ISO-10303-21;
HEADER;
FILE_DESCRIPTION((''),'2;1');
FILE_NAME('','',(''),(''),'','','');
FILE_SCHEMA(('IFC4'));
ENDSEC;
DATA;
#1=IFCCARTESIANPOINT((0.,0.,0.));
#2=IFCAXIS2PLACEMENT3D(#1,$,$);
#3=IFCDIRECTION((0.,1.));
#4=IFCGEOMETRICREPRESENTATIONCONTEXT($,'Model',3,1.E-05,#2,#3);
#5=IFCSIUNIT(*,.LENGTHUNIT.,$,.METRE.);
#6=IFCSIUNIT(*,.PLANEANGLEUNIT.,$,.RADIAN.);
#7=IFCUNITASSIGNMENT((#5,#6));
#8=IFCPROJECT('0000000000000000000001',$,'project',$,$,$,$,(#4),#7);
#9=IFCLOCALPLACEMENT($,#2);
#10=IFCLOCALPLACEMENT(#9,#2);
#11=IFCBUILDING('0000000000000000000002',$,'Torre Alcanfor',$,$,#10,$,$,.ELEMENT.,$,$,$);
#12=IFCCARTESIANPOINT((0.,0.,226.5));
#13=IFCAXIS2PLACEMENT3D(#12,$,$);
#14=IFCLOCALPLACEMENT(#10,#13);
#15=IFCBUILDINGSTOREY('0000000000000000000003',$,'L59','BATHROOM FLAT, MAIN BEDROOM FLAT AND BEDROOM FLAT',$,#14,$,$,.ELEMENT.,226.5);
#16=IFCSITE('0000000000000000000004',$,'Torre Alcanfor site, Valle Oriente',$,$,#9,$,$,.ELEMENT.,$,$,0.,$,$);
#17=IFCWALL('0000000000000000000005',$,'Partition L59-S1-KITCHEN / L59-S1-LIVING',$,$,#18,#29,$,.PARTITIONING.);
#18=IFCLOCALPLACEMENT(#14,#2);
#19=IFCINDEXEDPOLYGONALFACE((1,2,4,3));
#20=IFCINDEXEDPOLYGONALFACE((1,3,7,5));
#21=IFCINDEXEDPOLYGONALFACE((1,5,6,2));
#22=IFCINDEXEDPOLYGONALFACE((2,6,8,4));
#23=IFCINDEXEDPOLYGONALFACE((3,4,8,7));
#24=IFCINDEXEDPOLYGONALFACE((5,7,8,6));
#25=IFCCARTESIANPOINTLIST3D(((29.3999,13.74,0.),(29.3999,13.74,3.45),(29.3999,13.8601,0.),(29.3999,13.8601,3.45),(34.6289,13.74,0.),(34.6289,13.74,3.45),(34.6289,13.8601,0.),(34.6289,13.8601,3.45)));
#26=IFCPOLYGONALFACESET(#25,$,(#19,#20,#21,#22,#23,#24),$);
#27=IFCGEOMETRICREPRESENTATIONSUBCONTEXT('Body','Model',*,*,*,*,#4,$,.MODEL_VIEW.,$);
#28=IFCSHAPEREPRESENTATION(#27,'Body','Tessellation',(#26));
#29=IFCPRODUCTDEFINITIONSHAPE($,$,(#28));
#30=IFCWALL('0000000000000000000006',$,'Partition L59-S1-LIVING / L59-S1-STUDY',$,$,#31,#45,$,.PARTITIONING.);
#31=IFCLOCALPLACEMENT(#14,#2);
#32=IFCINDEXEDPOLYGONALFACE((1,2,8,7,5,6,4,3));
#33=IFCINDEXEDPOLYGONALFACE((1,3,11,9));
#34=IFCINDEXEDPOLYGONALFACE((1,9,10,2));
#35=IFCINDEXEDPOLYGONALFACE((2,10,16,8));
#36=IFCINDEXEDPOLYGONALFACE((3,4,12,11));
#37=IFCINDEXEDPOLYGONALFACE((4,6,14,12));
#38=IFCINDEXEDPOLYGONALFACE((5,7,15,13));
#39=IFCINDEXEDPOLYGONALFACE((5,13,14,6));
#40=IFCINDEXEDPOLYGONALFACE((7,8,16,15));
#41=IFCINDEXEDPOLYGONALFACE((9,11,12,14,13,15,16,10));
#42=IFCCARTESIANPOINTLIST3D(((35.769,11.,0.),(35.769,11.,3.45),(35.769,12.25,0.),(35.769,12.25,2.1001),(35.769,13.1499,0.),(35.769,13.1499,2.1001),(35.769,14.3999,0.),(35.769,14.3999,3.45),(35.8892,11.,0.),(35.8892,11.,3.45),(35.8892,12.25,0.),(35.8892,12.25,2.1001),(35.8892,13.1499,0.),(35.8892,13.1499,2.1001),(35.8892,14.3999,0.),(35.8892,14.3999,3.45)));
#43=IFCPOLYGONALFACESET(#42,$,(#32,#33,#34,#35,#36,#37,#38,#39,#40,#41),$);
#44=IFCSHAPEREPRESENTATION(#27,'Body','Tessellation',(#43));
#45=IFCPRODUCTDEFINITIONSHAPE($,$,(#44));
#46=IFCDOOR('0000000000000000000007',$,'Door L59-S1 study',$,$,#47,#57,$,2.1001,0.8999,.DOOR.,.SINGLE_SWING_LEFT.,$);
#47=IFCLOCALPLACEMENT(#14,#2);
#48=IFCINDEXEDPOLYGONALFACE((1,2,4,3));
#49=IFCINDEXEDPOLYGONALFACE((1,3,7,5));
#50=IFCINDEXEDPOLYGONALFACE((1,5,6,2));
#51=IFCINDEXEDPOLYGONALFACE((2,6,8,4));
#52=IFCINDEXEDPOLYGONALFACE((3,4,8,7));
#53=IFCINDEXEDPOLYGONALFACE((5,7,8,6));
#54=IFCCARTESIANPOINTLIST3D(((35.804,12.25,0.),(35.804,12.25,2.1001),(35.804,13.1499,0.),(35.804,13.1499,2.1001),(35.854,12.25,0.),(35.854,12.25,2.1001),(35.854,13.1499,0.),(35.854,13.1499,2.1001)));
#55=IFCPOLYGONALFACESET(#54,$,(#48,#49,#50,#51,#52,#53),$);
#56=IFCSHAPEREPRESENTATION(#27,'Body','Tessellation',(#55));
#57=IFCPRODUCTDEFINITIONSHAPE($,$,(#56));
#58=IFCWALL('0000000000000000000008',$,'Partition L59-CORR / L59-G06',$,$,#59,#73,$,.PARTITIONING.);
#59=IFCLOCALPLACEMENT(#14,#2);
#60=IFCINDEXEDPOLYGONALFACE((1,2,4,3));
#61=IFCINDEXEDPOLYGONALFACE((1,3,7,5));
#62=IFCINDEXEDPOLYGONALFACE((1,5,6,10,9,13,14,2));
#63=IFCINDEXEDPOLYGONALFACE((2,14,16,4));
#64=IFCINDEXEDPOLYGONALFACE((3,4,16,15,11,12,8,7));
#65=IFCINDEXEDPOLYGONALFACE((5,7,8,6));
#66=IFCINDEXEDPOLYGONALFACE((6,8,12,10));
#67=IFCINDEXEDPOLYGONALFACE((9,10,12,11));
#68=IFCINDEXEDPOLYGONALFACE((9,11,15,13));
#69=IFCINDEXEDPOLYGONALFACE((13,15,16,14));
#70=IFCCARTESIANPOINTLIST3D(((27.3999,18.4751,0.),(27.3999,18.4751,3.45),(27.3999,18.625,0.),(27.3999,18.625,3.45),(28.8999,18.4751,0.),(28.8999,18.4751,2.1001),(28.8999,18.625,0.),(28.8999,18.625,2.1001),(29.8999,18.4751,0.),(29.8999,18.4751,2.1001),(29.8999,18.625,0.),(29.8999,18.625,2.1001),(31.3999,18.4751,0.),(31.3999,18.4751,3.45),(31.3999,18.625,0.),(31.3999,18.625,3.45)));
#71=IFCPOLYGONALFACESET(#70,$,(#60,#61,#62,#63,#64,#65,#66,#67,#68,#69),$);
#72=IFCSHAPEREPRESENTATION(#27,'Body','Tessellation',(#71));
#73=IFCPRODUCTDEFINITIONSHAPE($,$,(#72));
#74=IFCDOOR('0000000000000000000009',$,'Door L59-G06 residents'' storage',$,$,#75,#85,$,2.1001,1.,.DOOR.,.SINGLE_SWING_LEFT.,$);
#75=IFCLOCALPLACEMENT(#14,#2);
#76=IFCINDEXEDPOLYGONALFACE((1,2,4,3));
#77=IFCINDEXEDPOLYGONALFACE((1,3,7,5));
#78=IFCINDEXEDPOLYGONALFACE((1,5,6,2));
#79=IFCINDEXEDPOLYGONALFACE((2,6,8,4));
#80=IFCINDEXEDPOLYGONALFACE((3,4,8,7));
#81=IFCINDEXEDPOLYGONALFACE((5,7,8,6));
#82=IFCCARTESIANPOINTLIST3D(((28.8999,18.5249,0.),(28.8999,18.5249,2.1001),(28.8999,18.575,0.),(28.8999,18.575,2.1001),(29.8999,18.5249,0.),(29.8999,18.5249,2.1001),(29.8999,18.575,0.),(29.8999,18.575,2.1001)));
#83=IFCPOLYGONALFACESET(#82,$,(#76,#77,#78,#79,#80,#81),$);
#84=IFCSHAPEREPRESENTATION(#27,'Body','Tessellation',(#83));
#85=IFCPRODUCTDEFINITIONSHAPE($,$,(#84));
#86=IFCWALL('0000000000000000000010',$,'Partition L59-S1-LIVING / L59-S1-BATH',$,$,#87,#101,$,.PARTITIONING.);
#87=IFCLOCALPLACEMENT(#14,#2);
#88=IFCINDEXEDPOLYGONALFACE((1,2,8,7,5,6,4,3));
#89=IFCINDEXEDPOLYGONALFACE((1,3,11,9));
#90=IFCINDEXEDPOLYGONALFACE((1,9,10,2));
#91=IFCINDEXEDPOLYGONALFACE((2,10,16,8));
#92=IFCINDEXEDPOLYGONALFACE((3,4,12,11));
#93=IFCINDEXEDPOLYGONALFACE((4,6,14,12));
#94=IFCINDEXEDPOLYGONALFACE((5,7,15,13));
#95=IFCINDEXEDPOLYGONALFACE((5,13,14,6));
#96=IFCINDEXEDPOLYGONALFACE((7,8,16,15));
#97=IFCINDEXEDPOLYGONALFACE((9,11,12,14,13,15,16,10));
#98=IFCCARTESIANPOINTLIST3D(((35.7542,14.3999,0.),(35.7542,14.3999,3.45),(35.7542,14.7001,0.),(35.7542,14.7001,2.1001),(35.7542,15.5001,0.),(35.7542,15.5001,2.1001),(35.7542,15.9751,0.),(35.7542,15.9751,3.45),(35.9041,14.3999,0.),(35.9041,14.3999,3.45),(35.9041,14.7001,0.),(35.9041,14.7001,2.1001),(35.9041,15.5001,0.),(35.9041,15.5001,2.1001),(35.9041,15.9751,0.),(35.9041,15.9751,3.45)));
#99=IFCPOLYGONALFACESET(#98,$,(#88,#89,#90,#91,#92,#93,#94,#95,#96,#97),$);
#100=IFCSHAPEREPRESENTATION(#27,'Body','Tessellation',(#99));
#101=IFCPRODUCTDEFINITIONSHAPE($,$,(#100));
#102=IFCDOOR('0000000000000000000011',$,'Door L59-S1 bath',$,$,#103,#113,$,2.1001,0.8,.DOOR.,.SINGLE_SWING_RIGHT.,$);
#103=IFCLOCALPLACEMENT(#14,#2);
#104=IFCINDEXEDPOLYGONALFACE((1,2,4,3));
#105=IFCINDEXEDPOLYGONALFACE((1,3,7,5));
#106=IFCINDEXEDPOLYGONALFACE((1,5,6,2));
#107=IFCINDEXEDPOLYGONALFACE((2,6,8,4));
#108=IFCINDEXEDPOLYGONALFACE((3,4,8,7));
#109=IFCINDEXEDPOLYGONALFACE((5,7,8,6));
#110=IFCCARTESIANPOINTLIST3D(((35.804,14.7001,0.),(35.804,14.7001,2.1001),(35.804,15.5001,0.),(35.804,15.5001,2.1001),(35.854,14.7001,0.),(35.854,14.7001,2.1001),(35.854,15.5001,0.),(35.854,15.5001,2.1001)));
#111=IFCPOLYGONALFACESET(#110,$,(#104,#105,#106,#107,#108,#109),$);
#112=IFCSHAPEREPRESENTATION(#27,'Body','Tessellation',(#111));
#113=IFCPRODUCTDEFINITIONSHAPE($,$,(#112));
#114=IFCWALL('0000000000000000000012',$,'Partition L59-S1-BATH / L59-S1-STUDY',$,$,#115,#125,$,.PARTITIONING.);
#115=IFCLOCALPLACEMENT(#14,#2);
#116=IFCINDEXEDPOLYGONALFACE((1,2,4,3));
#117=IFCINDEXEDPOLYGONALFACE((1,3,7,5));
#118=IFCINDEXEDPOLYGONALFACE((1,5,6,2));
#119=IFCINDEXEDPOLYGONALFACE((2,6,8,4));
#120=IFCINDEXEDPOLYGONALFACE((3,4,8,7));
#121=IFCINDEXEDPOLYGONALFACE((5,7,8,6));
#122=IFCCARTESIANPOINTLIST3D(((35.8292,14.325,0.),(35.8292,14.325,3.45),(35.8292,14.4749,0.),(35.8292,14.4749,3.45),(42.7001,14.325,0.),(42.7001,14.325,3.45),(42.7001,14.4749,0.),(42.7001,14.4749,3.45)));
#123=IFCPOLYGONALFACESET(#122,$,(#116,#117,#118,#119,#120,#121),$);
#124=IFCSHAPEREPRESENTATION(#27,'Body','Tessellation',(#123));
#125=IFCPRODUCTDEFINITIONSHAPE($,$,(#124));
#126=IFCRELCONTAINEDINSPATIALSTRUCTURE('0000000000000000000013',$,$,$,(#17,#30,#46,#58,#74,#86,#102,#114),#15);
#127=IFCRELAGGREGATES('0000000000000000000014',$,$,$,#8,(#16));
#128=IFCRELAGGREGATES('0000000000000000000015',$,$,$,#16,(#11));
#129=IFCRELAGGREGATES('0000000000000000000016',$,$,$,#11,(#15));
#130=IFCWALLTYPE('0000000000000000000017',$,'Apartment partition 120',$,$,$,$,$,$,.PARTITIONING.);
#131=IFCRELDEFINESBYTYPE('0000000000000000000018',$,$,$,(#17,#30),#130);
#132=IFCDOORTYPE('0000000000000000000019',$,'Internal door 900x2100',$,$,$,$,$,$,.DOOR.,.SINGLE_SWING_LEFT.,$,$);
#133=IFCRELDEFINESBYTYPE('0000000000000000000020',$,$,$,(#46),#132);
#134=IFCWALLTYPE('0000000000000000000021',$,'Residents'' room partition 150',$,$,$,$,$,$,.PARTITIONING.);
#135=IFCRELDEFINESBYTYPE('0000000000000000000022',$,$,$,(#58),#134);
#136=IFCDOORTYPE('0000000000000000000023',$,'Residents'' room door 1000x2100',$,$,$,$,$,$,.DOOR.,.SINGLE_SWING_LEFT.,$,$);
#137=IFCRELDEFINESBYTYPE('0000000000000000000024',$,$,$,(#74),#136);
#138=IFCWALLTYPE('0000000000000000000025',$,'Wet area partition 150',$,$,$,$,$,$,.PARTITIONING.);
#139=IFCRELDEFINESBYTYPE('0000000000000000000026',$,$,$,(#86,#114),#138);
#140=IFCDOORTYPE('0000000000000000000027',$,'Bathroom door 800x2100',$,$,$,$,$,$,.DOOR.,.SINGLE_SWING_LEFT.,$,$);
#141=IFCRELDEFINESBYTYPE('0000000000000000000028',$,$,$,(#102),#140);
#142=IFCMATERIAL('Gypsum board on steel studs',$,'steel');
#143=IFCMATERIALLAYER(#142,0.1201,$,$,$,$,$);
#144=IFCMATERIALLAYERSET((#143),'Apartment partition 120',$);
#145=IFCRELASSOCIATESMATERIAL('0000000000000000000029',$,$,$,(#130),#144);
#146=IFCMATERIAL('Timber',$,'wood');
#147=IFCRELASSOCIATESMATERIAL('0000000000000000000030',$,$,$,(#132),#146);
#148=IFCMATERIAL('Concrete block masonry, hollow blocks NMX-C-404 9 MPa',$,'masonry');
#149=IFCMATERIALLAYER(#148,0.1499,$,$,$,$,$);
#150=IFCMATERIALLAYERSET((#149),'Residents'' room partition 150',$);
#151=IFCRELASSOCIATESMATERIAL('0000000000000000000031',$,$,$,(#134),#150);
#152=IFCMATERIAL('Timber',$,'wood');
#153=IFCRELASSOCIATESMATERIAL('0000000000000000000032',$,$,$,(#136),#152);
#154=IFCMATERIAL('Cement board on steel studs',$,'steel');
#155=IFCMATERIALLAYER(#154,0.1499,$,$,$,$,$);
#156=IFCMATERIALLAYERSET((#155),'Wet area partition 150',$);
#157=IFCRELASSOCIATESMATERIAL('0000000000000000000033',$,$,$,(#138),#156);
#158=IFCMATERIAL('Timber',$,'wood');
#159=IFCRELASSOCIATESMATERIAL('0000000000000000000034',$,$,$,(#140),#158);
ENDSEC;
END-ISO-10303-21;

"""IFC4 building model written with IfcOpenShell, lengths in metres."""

from ifc_helpers import new_model, si_unit, direction, frame, frame_2d, origin, place, context, subcontext, project, spatial, rectangle, extrude, material, layer, layer_set, type_object, element, fill, save


model = new_model("IFC4")

# Units and contexts
model_context = context("Model", 3, precision=1e-05, world=origin(), true_north=direction((0.0, 1.0)))
body_context = subcontext(model_context, "Body", "Model", "MODEL_VIEW")
ifc_project = project(units=[si_unit("LENGTHUNIT", "METRE"), si_unit("PLANEANGLEUNIT", "RADIAN")], contexts=[model_context])

# Site, building, storey
site_placement = place(None, origin())
site = spatial("IfcSite", under=ifc_project, at=site_placement, Name="Torre Alcanfor site, Valle Oriente", CompositionType="ELEMENT", RefElevation=0.0)
building_placement = place(site_placement, origin())
building = spatial("IfcBuilding", under=site, at=building_placement, Name="Torre Alcanfor", CompositionType="ELEMENT")
storey_placement = place(building_placement, frame((0.0, 0.0, 226.5)))
storey = spatial("IfcBuildingStorey", under=building, at=storey_placement, Name="L59", Description="BATHROOM FLAT, MAIN BEDROOM FLAT AND BEDROOM FLAT", CompositionType="ELEMENT", Elevation=226.5)

# Wall
ifc_material_1 = material(Name="Gypsum board on steel studs", Category="steel")
ifc_layer_1 = layer(ifc_material_1, 0.1201)
ifc_layer_set_1 = layer_set([ifc_layer_1], Name="Apartment partition 120")
wall_type_1 = type_object("IfcWallType", Name="Apartment partition 120", PredefinedType="PARTITIONING", material=ifc_layer_set_1)
wall_1_placement = place(storey_placement, frame((34.6289, 13.8, 0.0), z_axis=(0.0, 0.0, 1.0), x_axis=(-1.0, 0.0, 0.0)))
element("IfcWall", 1, at=wall_1_placement, inside=storey, type_object=wall_type_1, Name="Partition L59-S1-KITCHEN / L59-S1-LIVING", PredefinedType="PARTITIONING", context=body_context, shape_type="SweptSolid", body=[
    extrude(rectangle(XDim=5.229, YDim=0.1201, at=frame_2d((2.6145, 0.0))), origin(), (0.0, 0.0, 1.0), 3.45),
])

# Walls, openings, doors
wall_2_placement = place(storey_placement, frame((35.8291, 14.3999, 0.0), z_axis=(0.0, 0.0, 1.0), x_axis=(0.0, -1.0, 0.0)))
wall_2 = element("IfcWall", 2, at=wall_2_placement, inside=storey, type_object=wall_type_1, Name="Partition L59-S1-LIVING / L59-S1-STUDY", PredefinedType="PARTITIONING", context=body_context, shape_type="SweptSolid", body=[
    extrude(rectangle(XDim=3.3999, YDim=0.1201, at=frame_2d((1.7, 0.0))), origin(), (0.0, 0.0, 1.0), 3.45),
])
opening_1_placement = place(wall_2_placement, frame((1.25, 0.0, 0.0)))
opening_1 = element("IfcOpeningElement", 3, at=opening_1_placement, cuts=wall_2, PredefinedType="OPENING", context=body_context, shape_type="SweptSolid", body=[
    extrude(rectangle(XDim=0.8999, YDim=2.1001, at=frame_2d((0.45, 1.05))), frame((0.0, 0.0701, 0.0), z_axis=(0.0, -1.0, 0.0), x_axis=(1.0, 0.0, 0.0)), (0.0, 0.0, 1.0), 0.1401),
])
ifc_material_2 = material(Name="Timber", Category="wood")
door_type_1 = type_object("IfcDoorType", Name="Internal door 900x2100", OperationType="SINGLE_SWING_LEFT", PredefinedType="DOOR", material=ifc_material_2)
door_1_placement = place(opening_1_placement, origin())
door_1 = element("IfcDoor", 4, at=door_1_placement, inside=storey, type_object=door_type_1, Name="Door L59-S1 study", OperationType="SINGLE_SWING_LEFT", OverallHeight=2.1001, OverallWidth=0.8999, PredefinedType="DOOR", context=body_context, shape_type="SweptSolid", body=[
    extrude(rectangle(XDim=0.8999, YDim=2.1001, at=frame_2d((0.45, 1.05))), frame((0.0, 0.0249, 0.0), z_axis=(0.0, -1.0, 0.0), x_axis=(1.0, 0.0, 0.0)), (0.0, 0.0, 1.0), 0.05),
])
fill(opening_1, door_1)
ifc_material_3 = material(Name="Concrete block masonry, hollow blocks NMX-C-404 9 MPa", Category="masonry")
ifc_layer_2 = layer(ifc_material_3, 0.1499)
ifc_layer_set_2 = layer_set([ifc_layer_2], Name="Residents' room partition 150")
wall_type_2 = type_object("IfcWallType", Name="Residents' room partition 150", PredefinedType="PARTITIONING", material=ifc_layer_set_2)
wall_3_placement = place(storey_placement, frame((27.3999, 18.55, 0.0), z_axis=(0.0, 0.0, 1.0), x_axis=(1.0, 0.0, 0.0)))
wall_3 = element("IfcWall", 5, at=wall_3_placement, inside=storey, type_object=wall_type_2, Name="Partition L59-CORR / L59-G06", PredefinedType="PARTITIONING", context=body_context, shape_type="SweptSolid", body=[
    extrude(rectangle(XDim=4.0, YDim=0.1499, at=frame_2d((2.0, 0.0))), origin(), (0.0, 0.0, 1.0), 3.45),
])
opening_2_placement = place(wall_3_placement, frame((1.5, 0.0, 0.0)))
opening_2 = element("IfcOpeningElement", 6, at=opening_2_placement, cuts=wall_3, PredefinedType="OPENING", context=body_context, shape_type="SweptSolid", body=[
    extrude(rectangle(XDim=1.0, YDim=2.1001, at=frame_2d((0.5, 1.05))), frame((0.0, 0.085, 0.0), z_axis=(0.0, -1.0, 0.0), x_axis=(1.0, 0.0, 0.0)), (0.0, 0.0, 1.0), 0.1699),
])
ifc_material_4 = material(Name="Timber", Category="wood")
door_type_2 = type_object("IfcDoorType", Name="Residents' room door 1000x2100", OperationType="SINGLE_SWING_LEFT", PredefinedType="DOOR", material=ifc_material_4)
door_2_placement = place(opening_2_placement, origin())
door_2 = element("IfcDoor", 7, at=door_2_placement, inside=storey, type_object=door_type_2, Name="Door L59-G06 residents' storage", OperationType="SINGLE_SWING_LEFT", OverallHeight=2.1001, OverallWidth=1.0, PredefinedType="DOOR", context=body_context, shape_type="SweptSolid", body=[
    extrude(rectangle(XDim=1.0, YDim=2.1001, at=frame_2d((0.5, 1.05))), frame((0.0, 0.0249, 0.0), z_axis=(0.0, -1.0, 0.0), x_axis=(1.0, 0.0, 0.0)), (0.0, 0.0, 1.0), 0.05),
])
fill(opening_2, door_2)
ifc_material_5 = material(Name="Cement board on steel studs", Category="steel")
ifc_layer_3 = layer(ifc_material_5, 0.1499)
ifc_layer_set_3 = layer_set([ifc_layer_3], Name="Wet area partition 150")
wall_type_3 = type_object("IfcWallType", Name="Wet area partition 150", PredefinedType="PARTITIONING", material=ifc_layer_set_3)
wall_4_placement = place(storey_placement, frame((35.8291, 15.9751, 0.0), z_axis=(0.0, 0.0, 1.0), x_axis=(0.0, -1.0, 0.0)))
wall_4 = element("IfcWall", 8, at=wall_4_placement, inside=storey, type_object=wall_type_3, Name="Partition L59-S1-LIVING / L59-S1-BATH", PredefinedType="PARTITIONING", context=body_context, shape_type="SweptSolid", body=[
    extrude(rectangle(XDim=1.5752, YDim=0.1499, at=frame_2d((0.7876, 0.0))), origin(), (0.0, 0.0, 1.0), 3.45),
])
opening_3_placement = place(wall_4_placement, frame((0.4751, 0.0, 0.0)))
opening_3 = element("IfcOpeningElement", 9, at=opening_3_placement, cuts=wall_4, PredefinedType="OPENING", context=body_context, shape_type="SweptSolid", body=[
    extrude(rectangle(XDim=0.8, YDim=2.1001, at=frame_2d((0.3999, 1.05))), frame((0.0, 0.085, 0.0), z_axis=(0.0, -1.0, 0.0), x_axis=(1.0, 0.0, 0.0)), (0.0, 0.0, 1.0), 0.1699),
])
ifc_material_6 = material(Name="Timber", Category="wood")
door_type_3 = type_object("IfcDoorType", Name="Bathroom door 800x2100", OperationType="SINGLE_SWING_LEFT", PredefinedType="DOOR", material=ifc_material_6)
door_3_placement = place(opening_3_placement, origin())
door_3 = element("IfcDoor", 10, at=door_3_placement, inside=storey, type_object=door_type_3, Name="Door L59-S1 bath", OperationType="SINGLE_SWING_RIGHT", OverallHeight=2.1001, OverallWidth=0.8, PredefinedType="DOOR", context=body_context, shape_type="SweptSolid", body=[
    extrude(rectangle(XDim=0.8, YDim=2.1001, at=frame_2d((0.3999, 1.05))), frame((0.0, 0.0249, 0.0), z_axis=(0.0, -1.0, 0.0), x_axis=(1.0, 0.0, 0.0)), (0.0, 0.0, 1.0), 0.05),
])
fill(opening_3, door_3)

# Wall
wall_5_placement = place(storey_placement, frame((35.8291, 14.3999, 0.0), z_axis=(0.0, 0.0, 1.0), x_axis=(1.0, 0.0, 0.0)))
element("IfcWall", 11, at=wall_5_placement, inside=storey, type_object=wall_type_3, Name="Partition L59-S1-BATH / L59-S1-STUDY", PredefinedType="PARTITIONING", context=body_context, shape_type="SweptSolid", body=[
    extrude(rectangle(XDim=6.8708, YDim=0.1499, at=frame_2d((3.4355, 0.0))), origin(), (0.0, 0.0, 1.0), 3.45),
])

save(model, "model.ifc")
